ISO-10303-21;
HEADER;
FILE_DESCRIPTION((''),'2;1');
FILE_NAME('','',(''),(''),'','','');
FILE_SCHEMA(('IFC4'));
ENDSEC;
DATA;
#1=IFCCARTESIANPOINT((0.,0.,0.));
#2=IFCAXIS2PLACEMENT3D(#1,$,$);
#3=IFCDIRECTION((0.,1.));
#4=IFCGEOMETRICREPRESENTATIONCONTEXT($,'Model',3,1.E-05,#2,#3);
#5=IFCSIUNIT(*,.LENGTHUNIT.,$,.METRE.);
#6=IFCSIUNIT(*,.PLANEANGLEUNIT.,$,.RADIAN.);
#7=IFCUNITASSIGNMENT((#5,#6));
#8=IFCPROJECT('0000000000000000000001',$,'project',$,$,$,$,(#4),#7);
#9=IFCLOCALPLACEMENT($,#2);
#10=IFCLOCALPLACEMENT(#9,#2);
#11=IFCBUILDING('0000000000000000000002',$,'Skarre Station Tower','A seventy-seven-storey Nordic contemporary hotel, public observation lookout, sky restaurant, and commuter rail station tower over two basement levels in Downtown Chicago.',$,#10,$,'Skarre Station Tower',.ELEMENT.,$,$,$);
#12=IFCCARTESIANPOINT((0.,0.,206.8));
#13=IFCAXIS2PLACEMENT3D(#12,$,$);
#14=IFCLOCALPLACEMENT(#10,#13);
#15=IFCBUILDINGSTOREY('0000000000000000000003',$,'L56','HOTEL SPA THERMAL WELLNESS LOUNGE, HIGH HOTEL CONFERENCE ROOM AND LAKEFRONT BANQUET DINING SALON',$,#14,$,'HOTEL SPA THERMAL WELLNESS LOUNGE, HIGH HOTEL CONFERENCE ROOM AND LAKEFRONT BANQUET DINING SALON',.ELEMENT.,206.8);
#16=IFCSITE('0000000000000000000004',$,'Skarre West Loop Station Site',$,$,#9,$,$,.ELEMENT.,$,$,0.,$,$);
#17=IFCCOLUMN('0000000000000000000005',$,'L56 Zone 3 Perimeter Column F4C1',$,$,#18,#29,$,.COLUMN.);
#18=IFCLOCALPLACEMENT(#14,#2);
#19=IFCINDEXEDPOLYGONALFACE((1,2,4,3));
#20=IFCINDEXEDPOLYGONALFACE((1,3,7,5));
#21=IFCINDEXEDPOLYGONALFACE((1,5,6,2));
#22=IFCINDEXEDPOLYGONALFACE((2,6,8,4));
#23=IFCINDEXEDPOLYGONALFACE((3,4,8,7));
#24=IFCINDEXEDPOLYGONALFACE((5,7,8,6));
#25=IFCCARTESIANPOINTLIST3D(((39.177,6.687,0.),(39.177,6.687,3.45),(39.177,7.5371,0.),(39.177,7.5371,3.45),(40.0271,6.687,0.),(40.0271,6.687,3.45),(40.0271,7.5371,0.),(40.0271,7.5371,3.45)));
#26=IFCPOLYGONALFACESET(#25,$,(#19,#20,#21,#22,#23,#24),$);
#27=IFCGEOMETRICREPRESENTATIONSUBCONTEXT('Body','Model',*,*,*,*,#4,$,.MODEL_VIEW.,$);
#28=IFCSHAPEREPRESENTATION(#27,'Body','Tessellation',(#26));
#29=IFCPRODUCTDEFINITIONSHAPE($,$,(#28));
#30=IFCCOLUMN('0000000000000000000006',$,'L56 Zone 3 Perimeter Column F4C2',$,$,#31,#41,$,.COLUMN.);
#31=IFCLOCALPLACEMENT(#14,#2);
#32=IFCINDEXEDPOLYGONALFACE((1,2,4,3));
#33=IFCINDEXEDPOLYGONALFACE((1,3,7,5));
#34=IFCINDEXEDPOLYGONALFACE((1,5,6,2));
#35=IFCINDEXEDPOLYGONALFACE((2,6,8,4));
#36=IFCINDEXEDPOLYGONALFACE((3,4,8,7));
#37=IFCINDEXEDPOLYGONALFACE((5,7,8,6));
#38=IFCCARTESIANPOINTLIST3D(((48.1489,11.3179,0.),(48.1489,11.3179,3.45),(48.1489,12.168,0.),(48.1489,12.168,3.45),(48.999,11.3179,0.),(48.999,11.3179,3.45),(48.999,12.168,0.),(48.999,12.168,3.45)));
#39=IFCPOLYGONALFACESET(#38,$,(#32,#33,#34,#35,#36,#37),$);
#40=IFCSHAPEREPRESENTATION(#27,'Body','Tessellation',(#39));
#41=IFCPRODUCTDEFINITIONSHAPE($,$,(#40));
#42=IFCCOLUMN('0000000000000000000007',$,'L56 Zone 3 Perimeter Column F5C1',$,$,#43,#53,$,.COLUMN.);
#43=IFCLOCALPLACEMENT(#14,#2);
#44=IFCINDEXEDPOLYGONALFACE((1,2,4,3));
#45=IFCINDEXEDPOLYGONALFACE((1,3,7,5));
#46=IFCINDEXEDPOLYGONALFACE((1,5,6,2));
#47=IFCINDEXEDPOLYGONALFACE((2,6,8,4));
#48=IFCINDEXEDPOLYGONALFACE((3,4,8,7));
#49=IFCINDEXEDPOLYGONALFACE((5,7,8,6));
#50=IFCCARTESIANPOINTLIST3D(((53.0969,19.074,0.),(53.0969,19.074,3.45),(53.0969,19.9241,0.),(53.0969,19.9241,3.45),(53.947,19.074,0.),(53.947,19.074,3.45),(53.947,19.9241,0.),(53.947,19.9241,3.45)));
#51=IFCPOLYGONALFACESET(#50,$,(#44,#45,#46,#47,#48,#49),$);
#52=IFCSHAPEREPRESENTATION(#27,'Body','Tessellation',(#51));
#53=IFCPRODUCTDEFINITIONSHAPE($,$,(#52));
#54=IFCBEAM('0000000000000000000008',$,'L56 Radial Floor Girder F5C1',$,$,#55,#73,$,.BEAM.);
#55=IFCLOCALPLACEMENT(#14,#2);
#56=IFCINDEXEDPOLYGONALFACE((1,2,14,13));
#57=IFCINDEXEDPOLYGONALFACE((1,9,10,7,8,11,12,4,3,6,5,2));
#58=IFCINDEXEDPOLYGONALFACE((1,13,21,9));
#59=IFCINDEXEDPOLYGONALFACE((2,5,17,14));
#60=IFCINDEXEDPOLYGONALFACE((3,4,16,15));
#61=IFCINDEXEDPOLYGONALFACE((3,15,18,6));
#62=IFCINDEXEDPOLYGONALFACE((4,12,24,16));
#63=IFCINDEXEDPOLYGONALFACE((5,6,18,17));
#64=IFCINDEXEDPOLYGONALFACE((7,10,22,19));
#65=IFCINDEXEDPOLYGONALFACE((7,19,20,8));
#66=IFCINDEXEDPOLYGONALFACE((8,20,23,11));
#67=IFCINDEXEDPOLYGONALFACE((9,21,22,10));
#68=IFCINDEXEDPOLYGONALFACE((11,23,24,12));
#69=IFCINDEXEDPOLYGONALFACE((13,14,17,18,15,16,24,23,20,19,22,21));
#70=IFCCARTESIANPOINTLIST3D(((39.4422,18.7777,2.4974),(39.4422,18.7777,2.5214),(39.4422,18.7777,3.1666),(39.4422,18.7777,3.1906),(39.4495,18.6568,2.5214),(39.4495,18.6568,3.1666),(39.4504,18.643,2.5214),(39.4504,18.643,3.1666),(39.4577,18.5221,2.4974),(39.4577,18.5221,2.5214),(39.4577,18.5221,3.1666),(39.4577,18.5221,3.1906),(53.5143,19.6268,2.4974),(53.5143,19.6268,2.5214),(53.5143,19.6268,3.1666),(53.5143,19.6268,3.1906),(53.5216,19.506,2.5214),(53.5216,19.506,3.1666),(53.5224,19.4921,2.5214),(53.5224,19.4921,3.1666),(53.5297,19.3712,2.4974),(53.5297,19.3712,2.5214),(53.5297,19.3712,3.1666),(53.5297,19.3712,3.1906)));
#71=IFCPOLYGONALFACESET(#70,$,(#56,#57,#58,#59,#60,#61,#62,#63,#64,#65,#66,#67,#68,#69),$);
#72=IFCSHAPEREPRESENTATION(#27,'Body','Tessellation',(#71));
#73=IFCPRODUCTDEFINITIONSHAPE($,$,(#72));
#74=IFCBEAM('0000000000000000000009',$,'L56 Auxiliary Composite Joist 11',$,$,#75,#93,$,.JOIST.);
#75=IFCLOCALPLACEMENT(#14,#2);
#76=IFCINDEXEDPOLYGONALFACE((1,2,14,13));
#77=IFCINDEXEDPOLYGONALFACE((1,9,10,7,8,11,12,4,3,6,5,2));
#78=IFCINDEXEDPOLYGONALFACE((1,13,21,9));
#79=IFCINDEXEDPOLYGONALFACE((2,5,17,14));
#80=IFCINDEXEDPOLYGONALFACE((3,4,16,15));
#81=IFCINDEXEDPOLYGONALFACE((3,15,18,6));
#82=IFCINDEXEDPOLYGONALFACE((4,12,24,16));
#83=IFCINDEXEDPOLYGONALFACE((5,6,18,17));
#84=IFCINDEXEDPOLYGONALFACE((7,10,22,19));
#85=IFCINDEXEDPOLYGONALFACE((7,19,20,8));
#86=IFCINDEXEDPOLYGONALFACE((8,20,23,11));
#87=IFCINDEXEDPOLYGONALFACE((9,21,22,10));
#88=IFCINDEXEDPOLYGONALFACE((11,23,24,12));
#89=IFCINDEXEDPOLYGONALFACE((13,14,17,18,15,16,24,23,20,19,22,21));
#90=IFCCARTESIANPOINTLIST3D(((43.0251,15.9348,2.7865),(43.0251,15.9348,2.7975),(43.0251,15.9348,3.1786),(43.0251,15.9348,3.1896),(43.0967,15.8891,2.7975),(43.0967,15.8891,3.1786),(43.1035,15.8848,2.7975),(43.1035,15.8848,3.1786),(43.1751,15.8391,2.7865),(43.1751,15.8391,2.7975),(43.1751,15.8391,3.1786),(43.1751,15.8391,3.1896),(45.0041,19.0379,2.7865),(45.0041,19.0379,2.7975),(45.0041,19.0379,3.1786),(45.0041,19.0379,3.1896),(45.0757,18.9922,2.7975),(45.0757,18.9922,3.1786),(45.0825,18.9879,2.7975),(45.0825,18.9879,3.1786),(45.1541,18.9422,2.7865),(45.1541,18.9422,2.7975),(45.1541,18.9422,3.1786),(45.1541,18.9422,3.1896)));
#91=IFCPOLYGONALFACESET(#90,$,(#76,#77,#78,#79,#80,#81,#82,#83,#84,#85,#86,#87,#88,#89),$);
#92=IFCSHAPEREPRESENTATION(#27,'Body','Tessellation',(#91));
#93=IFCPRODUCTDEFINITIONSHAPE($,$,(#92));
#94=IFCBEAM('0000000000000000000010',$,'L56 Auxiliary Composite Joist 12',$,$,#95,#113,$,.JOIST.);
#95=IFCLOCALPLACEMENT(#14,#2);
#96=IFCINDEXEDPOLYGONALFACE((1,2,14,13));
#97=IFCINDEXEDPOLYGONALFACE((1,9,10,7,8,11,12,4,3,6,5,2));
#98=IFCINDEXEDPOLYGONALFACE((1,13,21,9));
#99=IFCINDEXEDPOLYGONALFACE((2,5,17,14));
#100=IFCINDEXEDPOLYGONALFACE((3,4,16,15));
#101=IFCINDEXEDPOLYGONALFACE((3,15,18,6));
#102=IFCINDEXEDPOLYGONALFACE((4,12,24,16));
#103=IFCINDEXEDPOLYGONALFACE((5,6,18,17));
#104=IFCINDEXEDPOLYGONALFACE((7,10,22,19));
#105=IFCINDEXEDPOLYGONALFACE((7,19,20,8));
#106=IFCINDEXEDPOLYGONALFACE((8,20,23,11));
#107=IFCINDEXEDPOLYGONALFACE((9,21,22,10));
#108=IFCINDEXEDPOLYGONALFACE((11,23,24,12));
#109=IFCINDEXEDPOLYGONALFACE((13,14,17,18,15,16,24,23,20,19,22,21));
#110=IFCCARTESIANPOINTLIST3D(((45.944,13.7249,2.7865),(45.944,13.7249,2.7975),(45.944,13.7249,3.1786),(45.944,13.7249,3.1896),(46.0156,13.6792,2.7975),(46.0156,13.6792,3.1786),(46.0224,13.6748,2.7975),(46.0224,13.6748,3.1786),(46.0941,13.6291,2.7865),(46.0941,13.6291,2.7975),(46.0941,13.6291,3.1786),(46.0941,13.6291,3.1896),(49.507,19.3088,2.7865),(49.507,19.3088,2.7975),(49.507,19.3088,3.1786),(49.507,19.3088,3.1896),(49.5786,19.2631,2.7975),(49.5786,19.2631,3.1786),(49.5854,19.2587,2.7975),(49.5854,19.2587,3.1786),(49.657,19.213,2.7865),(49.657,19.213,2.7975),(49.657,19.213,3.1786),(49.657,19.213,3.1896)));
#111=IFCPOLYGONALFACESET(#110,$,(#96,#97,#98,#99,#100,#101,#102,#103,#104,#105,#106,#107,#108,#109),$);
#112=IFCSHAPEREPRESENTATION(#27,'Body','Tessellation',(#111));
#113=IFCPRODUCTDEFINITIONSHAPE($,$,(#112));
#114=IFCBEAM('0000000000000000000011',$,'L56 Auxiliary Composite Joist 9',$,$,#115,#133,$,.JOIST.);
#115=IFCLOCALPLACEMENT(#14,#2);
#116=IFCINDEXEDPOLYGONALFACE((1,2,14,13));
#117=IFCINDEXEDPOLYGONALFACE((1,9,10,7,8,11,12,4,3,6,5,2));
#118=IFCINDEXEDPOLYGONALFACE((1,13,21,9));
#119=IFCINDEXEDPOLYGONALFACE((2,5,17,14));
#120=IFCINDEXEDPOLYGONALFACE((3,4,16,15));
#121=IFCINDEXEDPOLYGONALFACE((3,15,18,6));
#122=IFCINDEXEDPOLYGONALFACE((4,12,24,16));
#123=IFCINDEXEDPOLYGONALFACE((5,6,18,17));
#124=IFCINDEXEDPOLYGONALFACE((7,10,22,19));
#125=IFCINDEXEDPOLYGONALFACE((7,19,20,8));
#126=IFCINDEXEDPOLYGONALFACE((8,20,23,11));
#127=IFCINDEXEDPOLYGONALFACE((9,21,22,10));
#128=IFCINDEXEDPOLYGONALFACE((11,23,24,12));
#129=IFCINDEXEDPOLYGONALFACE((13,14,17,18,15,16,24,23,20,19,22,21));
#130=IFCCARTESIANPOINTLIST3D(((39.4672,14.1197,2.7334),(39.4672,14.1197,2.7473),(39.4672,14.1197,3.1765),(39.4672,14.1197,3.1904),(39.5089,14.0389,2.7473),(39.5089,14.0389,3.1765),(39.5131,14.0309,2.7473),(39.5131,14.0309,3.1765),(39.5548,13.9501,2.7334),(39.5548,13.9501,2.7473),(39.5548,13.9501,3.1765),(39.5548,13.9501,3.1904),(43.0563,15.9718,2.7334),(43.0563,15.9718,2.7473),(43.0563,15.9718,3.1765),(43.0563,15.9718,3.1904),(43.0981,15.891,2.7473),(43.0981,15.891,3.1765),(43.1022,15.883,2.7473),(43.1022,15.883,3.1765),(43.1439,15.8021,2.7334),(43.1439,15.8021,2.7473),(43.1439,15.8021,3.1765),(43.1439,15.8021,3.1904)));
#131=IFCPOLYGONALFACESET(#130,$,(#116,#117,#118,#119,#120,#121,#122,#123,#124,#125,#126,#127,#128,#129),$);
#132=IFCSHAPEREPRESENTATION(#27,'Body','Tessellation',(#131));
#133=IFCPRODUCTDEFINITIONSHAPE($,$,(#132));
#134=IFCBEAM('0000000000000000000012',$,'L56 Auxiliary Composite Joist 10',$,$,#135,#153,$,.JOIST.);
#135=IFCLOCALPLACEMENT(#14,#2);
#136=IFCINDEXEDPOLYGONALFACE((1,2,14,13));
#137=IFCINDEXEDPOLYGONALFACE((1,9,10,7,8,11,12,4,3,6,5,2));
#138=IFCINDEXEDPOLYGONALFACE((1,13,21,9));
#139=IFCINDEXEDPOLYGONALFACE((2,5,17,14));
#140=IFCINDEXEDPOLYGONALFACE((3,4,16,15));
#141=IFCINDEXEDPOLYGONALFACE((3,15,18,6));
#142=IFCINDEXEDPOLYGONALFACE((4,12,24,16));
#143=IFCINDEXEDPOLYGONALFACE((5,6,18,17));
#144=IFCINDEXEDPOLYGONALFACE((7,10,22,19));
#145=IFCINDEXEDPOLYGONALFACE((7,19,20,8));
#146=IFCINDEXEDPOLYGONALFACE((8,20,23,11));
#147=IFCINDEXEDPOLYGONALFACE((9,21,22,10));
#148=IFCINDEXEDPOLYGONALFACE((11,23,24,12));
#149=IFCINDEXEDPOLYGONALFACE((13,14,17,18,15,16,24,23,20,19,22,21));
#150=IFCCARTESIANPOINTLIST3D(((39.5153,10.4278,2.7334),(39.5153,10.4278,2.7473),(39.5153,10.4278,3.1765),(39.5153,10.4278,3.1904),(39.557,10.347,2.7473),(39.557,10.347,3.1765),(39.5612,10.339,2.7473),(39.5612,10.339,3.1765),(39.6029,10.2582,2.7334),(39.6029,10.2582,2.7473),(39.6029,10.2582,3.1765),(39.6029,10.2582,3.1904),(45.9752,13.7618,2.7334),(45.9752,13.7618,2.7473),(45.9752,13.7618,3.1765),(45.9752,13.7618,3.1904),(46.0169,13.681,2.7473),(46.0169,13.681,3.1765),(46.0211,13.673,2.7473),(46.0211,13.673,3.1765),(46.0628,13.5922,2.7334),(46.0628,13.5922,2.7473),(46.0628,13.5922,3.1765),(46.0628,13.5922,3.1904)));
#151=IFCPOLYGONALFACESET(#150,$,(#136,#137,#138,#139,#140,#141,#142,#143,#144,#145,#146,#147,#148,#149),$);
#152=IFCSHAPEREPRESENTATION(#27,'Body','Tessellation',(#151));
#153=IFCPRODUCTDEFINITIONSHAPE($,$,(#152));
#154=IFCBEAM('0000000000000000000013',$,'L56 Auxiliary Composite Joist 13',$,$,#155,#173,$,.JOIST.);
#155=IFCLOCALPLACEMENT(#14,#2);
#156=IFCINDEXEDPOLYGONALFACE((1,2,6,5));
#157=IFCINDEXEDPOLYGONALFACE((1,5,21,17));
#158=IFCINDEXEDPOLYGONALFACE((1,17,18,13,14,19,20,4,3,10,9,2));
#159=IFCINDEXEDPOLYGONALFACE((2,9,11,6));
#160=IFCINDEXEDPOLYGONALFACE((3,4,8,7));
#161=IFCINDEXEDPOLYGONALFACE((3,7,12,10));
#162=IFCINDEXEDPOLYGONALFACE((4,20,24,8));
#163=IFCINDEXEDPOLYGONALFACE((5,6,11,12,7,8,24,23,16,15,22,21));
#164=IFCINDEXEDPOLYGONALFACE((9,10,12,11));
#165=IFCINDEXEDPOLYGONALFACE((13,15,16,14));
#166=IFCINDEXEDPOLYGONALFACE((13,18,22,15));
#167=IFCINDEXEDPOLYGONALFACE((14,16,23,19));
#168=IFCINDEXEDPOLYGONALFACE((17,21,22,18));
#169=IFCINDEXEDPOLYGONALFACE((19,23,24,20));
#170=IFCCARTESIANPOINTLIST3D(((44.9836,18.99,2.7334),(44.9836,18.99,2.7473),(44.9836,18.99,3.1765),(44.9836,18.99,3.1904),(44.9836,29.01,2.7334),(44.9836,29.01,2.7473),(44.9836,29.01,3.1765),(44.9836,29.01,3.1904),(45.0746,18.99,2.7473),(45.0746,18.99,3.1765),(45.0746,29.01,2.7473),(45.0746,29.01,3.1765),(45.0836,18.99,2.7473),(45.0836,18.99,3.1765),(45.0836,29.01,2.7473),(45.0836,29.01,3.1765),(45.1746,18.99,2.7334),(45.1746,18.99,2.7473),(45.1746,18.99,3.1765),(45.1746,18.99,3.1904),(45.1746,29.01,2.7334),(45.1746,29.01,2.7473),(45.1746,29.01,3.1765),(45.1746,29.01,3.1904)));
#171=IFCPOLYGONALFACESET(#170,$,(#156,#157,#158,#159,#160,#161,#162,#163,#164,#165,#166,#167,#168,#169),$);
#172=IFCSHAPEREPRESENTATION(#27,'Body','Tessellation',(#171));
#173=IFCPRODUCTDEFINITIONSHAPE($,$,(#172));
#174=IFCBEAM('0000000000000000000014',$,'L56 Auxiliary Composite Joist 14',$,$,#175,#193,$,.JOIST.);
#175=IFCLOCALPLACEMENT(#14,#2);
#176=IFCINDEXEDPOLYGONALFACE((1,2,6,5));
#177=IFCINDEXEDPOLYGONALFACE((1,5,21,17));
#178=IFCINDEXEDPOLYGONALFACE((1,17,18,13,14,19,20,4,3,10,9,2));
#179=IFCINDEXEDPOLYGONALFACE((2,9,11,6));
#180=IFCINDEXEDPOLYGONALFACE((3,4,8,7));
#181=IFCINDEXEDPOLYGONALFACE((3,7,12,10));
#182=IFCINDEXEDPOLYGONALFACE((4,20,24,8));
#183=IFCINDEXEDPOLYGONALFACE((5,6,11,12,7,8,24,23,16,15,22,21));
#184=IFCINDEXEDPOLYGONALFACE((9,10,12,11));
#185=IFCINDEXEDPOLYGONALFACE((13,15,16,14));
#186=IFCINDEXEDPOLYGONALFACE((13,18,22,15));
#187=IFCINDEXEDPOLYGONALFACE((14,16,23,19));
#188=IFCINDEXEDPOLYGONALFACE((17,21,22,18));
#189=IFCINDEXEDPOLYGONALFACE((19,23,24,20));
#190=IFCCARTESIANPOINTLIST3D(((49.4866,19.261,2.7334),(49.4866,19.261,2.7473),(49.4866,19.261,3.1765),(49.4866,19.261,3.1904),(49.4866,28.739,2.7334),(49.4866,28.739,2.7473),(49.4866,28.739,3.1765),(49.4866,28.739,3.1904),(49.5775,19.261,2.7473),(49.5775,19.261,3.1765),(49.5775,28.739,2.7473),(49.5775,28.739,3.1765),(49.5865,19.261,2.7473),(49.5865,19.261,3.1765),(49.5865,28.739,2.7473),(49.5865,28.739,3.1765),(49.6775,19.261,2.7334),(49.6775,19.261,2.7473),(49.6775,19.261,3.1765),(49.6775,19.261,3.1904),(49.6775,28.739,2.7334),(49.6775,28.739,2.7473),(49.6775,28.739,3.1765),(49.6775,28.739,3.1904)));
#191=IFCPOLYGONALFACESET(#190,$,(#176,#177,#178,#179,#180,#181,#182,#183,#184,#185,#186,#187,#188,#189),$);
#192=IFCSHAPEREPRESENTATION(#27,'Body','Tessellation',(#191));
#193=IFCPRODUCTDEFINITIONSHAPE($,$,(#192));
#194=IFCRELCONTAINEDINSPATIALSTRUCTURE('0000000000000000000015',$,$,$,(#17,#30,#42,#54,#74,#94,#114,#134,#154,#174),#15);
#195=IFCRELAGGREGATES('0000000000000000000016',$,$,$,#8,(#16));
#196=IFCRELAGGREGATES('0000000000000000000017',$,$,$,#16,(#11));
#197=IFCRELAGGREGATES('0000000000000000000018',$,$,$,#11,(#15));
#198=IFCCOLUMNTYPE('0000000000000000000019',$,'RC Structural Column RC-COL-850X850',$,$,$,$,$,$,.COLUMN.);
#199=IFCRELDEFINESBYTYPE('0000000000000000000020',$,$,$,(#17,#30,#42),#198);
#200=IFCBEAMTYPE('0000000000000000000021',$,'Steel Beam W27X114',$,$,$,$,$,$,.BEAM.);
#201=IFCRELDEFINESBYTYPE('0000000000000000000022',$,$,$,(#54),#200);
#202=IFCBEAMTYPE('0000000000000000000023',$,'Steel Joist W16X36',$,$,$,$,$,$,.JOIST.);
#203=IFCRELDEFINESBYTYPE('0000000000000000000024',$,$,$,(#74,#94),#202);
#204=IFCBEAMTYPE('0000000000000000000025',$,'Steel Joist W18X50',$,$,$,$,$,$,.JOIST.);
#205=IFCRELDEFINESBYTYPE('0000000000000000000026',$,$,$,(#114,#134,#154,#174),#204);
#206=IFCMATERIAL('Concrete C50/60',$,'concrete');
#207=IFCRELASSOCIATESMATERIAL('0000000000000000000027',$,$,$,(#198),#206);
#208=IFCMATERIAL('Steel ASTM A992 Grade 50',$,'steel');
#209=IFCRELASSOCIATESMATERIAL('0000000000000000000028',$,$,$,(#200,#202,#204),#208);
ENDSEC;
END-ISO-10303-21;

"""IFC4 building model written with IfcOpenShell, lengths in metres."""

from ifc_helpers import new_model, si_unit, direction, frame, origin, origin_2d, place, context, subcontext, project, spatial, rectangle, i_section, extrude, material, material_profile, profile_set, type_object, element, save


model = new_model("IFC4")

# Units and contexts
model_context = context("Model", 3, precision=1e-05, world=origin(), true_north=direction((0.0, 1.0)))
body_context = subcontext(model_context, "Body", "Model", "MODEL_VIEW")
ifc_project = project(units=[si_unit("LENGTHUNIT", "METRE"), si_unit("PLANEANGLEUNIT", "RADIAN")], contexts=[model_context])

# Site, building, storey
site_placement = place(None, origin())
site = spatial("IfcSite", under=ifc_project, at=site_placement, Name="Skarre West Loop Station Site", CompositionType="ELEMENT", RefElevation=0.0)
building_placement = place(site_placement, origin())
building = spatial("IfcBuilding", under=site, at=building_placement, Name="Skarre Station Tower", Description="A seventy-seven-storey Nordic contemporary hotel, public observation lookout, sky restaurant, and commuter rail station tower over two basement levels in Downtown Chicago.", LongName="Skarre Station Tower", CompositionType="ELEMENT")
storey_placement = place(building_placement, frame((0.0, 0.0, 206.8)))
storey = spatial("IfcBuildingStorey", under=building, at=storey_placement, Name="L56", Description="HOTEL SPA THERMAL WELLNESS LOUNGE, HIGH HOTEL CONFERENCE ROOM AND LAKEFRONT BANQUET DINING SALON", LongName="HOTEL SPA THERMAL WELLNESS LOUNGE, HIGH HOTEL CONFERENCE ROOM AND LAKEFRONT BANQUET DINING SALON", CompositionType="ELEMENT", Elevation=206.8)

# Columns
ifc_material_1 = material(Name="Concrete C50/60", Category="concrete")
ifc_material_profile_1 = material_profile(ifc_material_1, rectangle(XDim=0.8501, YDim=0.8501, at=origin_2d()), Name="Concrete C50/60")
ifc_profile_set_1 = profile_set([ifc_material_profile_1], Name="Concrete C50/60")
column_type = type_object("IfcColumnType", Name="RC Structural Column RC-COL-850X850", PredefinedType="COLUMN", material=ifc_profile_set_1)
for number, where, z_axis, x_axis, name in (
    (1, (39.6021, 7.1121, 0.0), (0.0, 0.0, 1.0), (1.0, 0.0, 0.0), "L56 Zone 3 Perimeter Column F4C1"),
    (2, (48.574, 11.7429, 0.0), (0.0, 0.0, 1.0), (1.0, 0.0, 0.0), "L56 Zone 3 Perimeter Column F4C2"),
    (3, (53.522, 19.499, 0.0), (0.0, 0.0, 1.0), (1.0, 0.0, 0.0), "L56 Zone 3 Perimeter Column F5C1"),
):
    element("IfcColumn", number, at=place(storey_placement, frame(where, z_axis=z_axis, x_axis=x_axis)), inside=storey, type_object=column_type, Name=name, PredefinedType="COLUMN", context=body_context, shape_type="SweptSolid", body=[
        extrude(rectangle(XDim=0.8501, YDim=0.8501, at=origin_2d()), origin(), (0.0, 0.0, 1.0), 3.45),
    ])

# Beams
ifc_material_2 = material(Name="Steel ASTM A992 Grade 50", Category="steel")
ifc_material_profile_2 = material_profile(ifc_material_2, i_section(OverallWidth=0.2561, OverallDepth=0.6931, WebThickness=0.0139, FlangeThickness=0.0239, at=origin_2d()), Name="Steel ASTM A992 Grade 50")
ifc_profile_set_2 = profile_set([ifc_material_profile_2], Name="Steel ASTM A992 Grade 50")
beam_type_1 = type_object("IfcBeamType", Name="Steel Beam W27X114", PredefinedType="BEAM", material=ifc_profile_set_2)
beam_1_placement = place(storey_placement, frame((39.45, 18.6499, 2.844), z_axis=(0.998184, 0.060232, 0.0), x_axis=(-0.060232, 0.998184, 0.0)))
element("IfcBeam", 4, at=beam_1_placement, inside=storey, type_object=beam_type_1, Name="L56 Radial Floor Girder F5C1", PredefinedType="BEAM", context=body_context, shape_type="SweptSolid", body=[
    extrude(i_section(OverallWidth=0.2561, OverallDepth=0.6931, WebThickness=0.0139, FlangeThickness=0.0239, at=origin_2d()), origin(), (0.0, 0.0, 1.0), 14.0977),
])
ifc_material_profile_3 = material_profile(ifc_material_2, i_section(OverallWidth=0.178, OverallDepth=0.4031, WebThickness=0.0081, FlangeThickness=0.011, at=origin_2d()), Name="Steel ASTM A992 Grade 50")
ifc_profile_set_3 = profile_set([ifc_material_profile_3], Name="Steel ASTM A992 Grade 50")
beam_type_2 = type_object("IfcBeamType", Name="Steel Joist W16X36", PredefinedType="JOIST", material=ifc_profile_set_3)
beam_2_placement = place(storey_placement, frame((43.1001, 15.887, 2.988), z_axis=(0.537717, 0.843126, 0.0), x_axis=(-0.843126, 0.537717, 0.0)))
element("IfcBeam", 5, at=beam_2_placement, inside=storey, type_object=beam_type_2, Name="L56 Auxiliary Composite Joist 11", PredefinedType="JOIST", context=body_context, shape_type="SweptSolid", body=[
    extrude(i_section(OverallWidth=0.178, OverallDepth=0.4031, WebThickness=0.0081, FlangeThickness=0.011, at=origin_2d()), origin(), (0.0, 0.0, 1.0), 3.6804),
])
beam_3_placement = place(storey_placement, frame((46.019, 13.677, 2.988), z_axis=(0.537901, 0.843008, 0.0), x_axis=(-0.843008, 0.537901, 0.0)))
element("IfcBeam", 6, at=beam_3_placement, inside=storey, type_object=beam_type_2, Name="L56 Auxiliary Composite Joist 12", PredefinedType="JOIST", context=body_context, shape_type="SweptSolid", body=[
    extrude(i_section(OverallWidth=0.178, OverallDepth=0.4031, WebThickness=0.0081, FlangeThickness=0.011, at=origin_2d()), origin(), (0.0, 0.0, 1.0), 6.6238),
])
ifc_material_profile_4 = material_profile(ifc_material_2, i_section(OverallWidth=0.1909, OverallDepth=0.457, WebThickness=0.009, FlangeThickness=0.0139, at=origin_2d()), Name="Steel ASTM A992 Grade 50")
ifc_profile_set_4 = profile_set([ifc_material_profile_4], Name="Steel ASTM A992 Grade 50")
beam_type_3 = type_object("IfcBeamType", Name="Steel Joist W18X50", PredefinedType="JOIST", material=ifc_profile_set_4)
beam_4_placement = place(storey_placement, frame((39.511, 14.0349, 2.9619), z_axis=(0.88866, 0.458566, 0.0), x_axis=(-0.458566, 0.88866, 0.0)))
element("IfcBeam", 7, at=beam_4_placement, inside=storey, type_object=beam_type_3, Name="L56 Auxiliary Composite Joist 9", PredefinedType="JOIST", context=body_context, shape_type="SweptSolid", body=[
    extrude(i_section(OverallWidth=0.1909, OverallDepth=0.457, WebThickness=0.009, FlangeThickness=0.0139, at=origin_2d()), origin(), (0.0, 0.0, 1.0), 4.0388),
])
beam_5_placement = place(storey_placement, frame((39.5591, 10.343, 2.9619), z_axis=(0.888631, 0.458622, 0.0), x_axis=(-0.458622, 0.888631, 0.0)))
element("IfcBeam", 8, at=beam_5_placement, inside=storey, type_object=beam_type_3, Name="L56 Auxiliary Composite Joist 10", PredefinedType="JOIST", context=body_context, shape_type="SweptSolid", body=[
    extrude(i_section(OverallWidth=0.1909, OverallDepth=0.457, WebThickness=0.009, FlangeThickness=0.0139, at=origin_2d()), origin(), (0.0, 0.0, 1.0), 7.2695),
])
beam_6_placement = place(storey_placement, frame((45.0791, 18.99, 2.9619), z_axis=(0.0, 1.0, 0.0), x_axis=(-1.0, 0.0, 0.0)))
element("IfcBeam", 9, at=beam_6_placement, inside=storey, type_object=beam_type_3, Name="L56 Auxiliary Composite Joist 13", PredefinedType="JOIST", context=body_context, shape_type="SweptSolid", body=[
    extrude(i_section(OverallWidth=0.1909, OverallDepth=0.457, WebThickness=0.009, FlangeThickness=0.0139, at=origin_2d()), origin(), (0.0, 0.0, 1.0), 10.02),
])
beam_7_placement = place(storey_placement, frame((49.582, 19.261, 2.9619), z_axis=(0.0, 1.0, 0.0), x_axis=(-1.0, 0.0, 0.0)))
element("IfcBeam", 10, at=beam_7_placement, inside=storey, type_object=beam_type_3, Name="L56 Auxiliary Composite Joist 14", PredefinedType="JOIST", context=body_context, shape_type="SweptSolid", body=[
    extrude(i_section(OverallWidth=0.1909, OverallDepth=0.457, WebThickness=0.009, FlangeThickness=0.0139, at=origin_2d()), origin(), (0.0, 0.0, 1.0), 9.478),
])

save(model, "model.ifc")
